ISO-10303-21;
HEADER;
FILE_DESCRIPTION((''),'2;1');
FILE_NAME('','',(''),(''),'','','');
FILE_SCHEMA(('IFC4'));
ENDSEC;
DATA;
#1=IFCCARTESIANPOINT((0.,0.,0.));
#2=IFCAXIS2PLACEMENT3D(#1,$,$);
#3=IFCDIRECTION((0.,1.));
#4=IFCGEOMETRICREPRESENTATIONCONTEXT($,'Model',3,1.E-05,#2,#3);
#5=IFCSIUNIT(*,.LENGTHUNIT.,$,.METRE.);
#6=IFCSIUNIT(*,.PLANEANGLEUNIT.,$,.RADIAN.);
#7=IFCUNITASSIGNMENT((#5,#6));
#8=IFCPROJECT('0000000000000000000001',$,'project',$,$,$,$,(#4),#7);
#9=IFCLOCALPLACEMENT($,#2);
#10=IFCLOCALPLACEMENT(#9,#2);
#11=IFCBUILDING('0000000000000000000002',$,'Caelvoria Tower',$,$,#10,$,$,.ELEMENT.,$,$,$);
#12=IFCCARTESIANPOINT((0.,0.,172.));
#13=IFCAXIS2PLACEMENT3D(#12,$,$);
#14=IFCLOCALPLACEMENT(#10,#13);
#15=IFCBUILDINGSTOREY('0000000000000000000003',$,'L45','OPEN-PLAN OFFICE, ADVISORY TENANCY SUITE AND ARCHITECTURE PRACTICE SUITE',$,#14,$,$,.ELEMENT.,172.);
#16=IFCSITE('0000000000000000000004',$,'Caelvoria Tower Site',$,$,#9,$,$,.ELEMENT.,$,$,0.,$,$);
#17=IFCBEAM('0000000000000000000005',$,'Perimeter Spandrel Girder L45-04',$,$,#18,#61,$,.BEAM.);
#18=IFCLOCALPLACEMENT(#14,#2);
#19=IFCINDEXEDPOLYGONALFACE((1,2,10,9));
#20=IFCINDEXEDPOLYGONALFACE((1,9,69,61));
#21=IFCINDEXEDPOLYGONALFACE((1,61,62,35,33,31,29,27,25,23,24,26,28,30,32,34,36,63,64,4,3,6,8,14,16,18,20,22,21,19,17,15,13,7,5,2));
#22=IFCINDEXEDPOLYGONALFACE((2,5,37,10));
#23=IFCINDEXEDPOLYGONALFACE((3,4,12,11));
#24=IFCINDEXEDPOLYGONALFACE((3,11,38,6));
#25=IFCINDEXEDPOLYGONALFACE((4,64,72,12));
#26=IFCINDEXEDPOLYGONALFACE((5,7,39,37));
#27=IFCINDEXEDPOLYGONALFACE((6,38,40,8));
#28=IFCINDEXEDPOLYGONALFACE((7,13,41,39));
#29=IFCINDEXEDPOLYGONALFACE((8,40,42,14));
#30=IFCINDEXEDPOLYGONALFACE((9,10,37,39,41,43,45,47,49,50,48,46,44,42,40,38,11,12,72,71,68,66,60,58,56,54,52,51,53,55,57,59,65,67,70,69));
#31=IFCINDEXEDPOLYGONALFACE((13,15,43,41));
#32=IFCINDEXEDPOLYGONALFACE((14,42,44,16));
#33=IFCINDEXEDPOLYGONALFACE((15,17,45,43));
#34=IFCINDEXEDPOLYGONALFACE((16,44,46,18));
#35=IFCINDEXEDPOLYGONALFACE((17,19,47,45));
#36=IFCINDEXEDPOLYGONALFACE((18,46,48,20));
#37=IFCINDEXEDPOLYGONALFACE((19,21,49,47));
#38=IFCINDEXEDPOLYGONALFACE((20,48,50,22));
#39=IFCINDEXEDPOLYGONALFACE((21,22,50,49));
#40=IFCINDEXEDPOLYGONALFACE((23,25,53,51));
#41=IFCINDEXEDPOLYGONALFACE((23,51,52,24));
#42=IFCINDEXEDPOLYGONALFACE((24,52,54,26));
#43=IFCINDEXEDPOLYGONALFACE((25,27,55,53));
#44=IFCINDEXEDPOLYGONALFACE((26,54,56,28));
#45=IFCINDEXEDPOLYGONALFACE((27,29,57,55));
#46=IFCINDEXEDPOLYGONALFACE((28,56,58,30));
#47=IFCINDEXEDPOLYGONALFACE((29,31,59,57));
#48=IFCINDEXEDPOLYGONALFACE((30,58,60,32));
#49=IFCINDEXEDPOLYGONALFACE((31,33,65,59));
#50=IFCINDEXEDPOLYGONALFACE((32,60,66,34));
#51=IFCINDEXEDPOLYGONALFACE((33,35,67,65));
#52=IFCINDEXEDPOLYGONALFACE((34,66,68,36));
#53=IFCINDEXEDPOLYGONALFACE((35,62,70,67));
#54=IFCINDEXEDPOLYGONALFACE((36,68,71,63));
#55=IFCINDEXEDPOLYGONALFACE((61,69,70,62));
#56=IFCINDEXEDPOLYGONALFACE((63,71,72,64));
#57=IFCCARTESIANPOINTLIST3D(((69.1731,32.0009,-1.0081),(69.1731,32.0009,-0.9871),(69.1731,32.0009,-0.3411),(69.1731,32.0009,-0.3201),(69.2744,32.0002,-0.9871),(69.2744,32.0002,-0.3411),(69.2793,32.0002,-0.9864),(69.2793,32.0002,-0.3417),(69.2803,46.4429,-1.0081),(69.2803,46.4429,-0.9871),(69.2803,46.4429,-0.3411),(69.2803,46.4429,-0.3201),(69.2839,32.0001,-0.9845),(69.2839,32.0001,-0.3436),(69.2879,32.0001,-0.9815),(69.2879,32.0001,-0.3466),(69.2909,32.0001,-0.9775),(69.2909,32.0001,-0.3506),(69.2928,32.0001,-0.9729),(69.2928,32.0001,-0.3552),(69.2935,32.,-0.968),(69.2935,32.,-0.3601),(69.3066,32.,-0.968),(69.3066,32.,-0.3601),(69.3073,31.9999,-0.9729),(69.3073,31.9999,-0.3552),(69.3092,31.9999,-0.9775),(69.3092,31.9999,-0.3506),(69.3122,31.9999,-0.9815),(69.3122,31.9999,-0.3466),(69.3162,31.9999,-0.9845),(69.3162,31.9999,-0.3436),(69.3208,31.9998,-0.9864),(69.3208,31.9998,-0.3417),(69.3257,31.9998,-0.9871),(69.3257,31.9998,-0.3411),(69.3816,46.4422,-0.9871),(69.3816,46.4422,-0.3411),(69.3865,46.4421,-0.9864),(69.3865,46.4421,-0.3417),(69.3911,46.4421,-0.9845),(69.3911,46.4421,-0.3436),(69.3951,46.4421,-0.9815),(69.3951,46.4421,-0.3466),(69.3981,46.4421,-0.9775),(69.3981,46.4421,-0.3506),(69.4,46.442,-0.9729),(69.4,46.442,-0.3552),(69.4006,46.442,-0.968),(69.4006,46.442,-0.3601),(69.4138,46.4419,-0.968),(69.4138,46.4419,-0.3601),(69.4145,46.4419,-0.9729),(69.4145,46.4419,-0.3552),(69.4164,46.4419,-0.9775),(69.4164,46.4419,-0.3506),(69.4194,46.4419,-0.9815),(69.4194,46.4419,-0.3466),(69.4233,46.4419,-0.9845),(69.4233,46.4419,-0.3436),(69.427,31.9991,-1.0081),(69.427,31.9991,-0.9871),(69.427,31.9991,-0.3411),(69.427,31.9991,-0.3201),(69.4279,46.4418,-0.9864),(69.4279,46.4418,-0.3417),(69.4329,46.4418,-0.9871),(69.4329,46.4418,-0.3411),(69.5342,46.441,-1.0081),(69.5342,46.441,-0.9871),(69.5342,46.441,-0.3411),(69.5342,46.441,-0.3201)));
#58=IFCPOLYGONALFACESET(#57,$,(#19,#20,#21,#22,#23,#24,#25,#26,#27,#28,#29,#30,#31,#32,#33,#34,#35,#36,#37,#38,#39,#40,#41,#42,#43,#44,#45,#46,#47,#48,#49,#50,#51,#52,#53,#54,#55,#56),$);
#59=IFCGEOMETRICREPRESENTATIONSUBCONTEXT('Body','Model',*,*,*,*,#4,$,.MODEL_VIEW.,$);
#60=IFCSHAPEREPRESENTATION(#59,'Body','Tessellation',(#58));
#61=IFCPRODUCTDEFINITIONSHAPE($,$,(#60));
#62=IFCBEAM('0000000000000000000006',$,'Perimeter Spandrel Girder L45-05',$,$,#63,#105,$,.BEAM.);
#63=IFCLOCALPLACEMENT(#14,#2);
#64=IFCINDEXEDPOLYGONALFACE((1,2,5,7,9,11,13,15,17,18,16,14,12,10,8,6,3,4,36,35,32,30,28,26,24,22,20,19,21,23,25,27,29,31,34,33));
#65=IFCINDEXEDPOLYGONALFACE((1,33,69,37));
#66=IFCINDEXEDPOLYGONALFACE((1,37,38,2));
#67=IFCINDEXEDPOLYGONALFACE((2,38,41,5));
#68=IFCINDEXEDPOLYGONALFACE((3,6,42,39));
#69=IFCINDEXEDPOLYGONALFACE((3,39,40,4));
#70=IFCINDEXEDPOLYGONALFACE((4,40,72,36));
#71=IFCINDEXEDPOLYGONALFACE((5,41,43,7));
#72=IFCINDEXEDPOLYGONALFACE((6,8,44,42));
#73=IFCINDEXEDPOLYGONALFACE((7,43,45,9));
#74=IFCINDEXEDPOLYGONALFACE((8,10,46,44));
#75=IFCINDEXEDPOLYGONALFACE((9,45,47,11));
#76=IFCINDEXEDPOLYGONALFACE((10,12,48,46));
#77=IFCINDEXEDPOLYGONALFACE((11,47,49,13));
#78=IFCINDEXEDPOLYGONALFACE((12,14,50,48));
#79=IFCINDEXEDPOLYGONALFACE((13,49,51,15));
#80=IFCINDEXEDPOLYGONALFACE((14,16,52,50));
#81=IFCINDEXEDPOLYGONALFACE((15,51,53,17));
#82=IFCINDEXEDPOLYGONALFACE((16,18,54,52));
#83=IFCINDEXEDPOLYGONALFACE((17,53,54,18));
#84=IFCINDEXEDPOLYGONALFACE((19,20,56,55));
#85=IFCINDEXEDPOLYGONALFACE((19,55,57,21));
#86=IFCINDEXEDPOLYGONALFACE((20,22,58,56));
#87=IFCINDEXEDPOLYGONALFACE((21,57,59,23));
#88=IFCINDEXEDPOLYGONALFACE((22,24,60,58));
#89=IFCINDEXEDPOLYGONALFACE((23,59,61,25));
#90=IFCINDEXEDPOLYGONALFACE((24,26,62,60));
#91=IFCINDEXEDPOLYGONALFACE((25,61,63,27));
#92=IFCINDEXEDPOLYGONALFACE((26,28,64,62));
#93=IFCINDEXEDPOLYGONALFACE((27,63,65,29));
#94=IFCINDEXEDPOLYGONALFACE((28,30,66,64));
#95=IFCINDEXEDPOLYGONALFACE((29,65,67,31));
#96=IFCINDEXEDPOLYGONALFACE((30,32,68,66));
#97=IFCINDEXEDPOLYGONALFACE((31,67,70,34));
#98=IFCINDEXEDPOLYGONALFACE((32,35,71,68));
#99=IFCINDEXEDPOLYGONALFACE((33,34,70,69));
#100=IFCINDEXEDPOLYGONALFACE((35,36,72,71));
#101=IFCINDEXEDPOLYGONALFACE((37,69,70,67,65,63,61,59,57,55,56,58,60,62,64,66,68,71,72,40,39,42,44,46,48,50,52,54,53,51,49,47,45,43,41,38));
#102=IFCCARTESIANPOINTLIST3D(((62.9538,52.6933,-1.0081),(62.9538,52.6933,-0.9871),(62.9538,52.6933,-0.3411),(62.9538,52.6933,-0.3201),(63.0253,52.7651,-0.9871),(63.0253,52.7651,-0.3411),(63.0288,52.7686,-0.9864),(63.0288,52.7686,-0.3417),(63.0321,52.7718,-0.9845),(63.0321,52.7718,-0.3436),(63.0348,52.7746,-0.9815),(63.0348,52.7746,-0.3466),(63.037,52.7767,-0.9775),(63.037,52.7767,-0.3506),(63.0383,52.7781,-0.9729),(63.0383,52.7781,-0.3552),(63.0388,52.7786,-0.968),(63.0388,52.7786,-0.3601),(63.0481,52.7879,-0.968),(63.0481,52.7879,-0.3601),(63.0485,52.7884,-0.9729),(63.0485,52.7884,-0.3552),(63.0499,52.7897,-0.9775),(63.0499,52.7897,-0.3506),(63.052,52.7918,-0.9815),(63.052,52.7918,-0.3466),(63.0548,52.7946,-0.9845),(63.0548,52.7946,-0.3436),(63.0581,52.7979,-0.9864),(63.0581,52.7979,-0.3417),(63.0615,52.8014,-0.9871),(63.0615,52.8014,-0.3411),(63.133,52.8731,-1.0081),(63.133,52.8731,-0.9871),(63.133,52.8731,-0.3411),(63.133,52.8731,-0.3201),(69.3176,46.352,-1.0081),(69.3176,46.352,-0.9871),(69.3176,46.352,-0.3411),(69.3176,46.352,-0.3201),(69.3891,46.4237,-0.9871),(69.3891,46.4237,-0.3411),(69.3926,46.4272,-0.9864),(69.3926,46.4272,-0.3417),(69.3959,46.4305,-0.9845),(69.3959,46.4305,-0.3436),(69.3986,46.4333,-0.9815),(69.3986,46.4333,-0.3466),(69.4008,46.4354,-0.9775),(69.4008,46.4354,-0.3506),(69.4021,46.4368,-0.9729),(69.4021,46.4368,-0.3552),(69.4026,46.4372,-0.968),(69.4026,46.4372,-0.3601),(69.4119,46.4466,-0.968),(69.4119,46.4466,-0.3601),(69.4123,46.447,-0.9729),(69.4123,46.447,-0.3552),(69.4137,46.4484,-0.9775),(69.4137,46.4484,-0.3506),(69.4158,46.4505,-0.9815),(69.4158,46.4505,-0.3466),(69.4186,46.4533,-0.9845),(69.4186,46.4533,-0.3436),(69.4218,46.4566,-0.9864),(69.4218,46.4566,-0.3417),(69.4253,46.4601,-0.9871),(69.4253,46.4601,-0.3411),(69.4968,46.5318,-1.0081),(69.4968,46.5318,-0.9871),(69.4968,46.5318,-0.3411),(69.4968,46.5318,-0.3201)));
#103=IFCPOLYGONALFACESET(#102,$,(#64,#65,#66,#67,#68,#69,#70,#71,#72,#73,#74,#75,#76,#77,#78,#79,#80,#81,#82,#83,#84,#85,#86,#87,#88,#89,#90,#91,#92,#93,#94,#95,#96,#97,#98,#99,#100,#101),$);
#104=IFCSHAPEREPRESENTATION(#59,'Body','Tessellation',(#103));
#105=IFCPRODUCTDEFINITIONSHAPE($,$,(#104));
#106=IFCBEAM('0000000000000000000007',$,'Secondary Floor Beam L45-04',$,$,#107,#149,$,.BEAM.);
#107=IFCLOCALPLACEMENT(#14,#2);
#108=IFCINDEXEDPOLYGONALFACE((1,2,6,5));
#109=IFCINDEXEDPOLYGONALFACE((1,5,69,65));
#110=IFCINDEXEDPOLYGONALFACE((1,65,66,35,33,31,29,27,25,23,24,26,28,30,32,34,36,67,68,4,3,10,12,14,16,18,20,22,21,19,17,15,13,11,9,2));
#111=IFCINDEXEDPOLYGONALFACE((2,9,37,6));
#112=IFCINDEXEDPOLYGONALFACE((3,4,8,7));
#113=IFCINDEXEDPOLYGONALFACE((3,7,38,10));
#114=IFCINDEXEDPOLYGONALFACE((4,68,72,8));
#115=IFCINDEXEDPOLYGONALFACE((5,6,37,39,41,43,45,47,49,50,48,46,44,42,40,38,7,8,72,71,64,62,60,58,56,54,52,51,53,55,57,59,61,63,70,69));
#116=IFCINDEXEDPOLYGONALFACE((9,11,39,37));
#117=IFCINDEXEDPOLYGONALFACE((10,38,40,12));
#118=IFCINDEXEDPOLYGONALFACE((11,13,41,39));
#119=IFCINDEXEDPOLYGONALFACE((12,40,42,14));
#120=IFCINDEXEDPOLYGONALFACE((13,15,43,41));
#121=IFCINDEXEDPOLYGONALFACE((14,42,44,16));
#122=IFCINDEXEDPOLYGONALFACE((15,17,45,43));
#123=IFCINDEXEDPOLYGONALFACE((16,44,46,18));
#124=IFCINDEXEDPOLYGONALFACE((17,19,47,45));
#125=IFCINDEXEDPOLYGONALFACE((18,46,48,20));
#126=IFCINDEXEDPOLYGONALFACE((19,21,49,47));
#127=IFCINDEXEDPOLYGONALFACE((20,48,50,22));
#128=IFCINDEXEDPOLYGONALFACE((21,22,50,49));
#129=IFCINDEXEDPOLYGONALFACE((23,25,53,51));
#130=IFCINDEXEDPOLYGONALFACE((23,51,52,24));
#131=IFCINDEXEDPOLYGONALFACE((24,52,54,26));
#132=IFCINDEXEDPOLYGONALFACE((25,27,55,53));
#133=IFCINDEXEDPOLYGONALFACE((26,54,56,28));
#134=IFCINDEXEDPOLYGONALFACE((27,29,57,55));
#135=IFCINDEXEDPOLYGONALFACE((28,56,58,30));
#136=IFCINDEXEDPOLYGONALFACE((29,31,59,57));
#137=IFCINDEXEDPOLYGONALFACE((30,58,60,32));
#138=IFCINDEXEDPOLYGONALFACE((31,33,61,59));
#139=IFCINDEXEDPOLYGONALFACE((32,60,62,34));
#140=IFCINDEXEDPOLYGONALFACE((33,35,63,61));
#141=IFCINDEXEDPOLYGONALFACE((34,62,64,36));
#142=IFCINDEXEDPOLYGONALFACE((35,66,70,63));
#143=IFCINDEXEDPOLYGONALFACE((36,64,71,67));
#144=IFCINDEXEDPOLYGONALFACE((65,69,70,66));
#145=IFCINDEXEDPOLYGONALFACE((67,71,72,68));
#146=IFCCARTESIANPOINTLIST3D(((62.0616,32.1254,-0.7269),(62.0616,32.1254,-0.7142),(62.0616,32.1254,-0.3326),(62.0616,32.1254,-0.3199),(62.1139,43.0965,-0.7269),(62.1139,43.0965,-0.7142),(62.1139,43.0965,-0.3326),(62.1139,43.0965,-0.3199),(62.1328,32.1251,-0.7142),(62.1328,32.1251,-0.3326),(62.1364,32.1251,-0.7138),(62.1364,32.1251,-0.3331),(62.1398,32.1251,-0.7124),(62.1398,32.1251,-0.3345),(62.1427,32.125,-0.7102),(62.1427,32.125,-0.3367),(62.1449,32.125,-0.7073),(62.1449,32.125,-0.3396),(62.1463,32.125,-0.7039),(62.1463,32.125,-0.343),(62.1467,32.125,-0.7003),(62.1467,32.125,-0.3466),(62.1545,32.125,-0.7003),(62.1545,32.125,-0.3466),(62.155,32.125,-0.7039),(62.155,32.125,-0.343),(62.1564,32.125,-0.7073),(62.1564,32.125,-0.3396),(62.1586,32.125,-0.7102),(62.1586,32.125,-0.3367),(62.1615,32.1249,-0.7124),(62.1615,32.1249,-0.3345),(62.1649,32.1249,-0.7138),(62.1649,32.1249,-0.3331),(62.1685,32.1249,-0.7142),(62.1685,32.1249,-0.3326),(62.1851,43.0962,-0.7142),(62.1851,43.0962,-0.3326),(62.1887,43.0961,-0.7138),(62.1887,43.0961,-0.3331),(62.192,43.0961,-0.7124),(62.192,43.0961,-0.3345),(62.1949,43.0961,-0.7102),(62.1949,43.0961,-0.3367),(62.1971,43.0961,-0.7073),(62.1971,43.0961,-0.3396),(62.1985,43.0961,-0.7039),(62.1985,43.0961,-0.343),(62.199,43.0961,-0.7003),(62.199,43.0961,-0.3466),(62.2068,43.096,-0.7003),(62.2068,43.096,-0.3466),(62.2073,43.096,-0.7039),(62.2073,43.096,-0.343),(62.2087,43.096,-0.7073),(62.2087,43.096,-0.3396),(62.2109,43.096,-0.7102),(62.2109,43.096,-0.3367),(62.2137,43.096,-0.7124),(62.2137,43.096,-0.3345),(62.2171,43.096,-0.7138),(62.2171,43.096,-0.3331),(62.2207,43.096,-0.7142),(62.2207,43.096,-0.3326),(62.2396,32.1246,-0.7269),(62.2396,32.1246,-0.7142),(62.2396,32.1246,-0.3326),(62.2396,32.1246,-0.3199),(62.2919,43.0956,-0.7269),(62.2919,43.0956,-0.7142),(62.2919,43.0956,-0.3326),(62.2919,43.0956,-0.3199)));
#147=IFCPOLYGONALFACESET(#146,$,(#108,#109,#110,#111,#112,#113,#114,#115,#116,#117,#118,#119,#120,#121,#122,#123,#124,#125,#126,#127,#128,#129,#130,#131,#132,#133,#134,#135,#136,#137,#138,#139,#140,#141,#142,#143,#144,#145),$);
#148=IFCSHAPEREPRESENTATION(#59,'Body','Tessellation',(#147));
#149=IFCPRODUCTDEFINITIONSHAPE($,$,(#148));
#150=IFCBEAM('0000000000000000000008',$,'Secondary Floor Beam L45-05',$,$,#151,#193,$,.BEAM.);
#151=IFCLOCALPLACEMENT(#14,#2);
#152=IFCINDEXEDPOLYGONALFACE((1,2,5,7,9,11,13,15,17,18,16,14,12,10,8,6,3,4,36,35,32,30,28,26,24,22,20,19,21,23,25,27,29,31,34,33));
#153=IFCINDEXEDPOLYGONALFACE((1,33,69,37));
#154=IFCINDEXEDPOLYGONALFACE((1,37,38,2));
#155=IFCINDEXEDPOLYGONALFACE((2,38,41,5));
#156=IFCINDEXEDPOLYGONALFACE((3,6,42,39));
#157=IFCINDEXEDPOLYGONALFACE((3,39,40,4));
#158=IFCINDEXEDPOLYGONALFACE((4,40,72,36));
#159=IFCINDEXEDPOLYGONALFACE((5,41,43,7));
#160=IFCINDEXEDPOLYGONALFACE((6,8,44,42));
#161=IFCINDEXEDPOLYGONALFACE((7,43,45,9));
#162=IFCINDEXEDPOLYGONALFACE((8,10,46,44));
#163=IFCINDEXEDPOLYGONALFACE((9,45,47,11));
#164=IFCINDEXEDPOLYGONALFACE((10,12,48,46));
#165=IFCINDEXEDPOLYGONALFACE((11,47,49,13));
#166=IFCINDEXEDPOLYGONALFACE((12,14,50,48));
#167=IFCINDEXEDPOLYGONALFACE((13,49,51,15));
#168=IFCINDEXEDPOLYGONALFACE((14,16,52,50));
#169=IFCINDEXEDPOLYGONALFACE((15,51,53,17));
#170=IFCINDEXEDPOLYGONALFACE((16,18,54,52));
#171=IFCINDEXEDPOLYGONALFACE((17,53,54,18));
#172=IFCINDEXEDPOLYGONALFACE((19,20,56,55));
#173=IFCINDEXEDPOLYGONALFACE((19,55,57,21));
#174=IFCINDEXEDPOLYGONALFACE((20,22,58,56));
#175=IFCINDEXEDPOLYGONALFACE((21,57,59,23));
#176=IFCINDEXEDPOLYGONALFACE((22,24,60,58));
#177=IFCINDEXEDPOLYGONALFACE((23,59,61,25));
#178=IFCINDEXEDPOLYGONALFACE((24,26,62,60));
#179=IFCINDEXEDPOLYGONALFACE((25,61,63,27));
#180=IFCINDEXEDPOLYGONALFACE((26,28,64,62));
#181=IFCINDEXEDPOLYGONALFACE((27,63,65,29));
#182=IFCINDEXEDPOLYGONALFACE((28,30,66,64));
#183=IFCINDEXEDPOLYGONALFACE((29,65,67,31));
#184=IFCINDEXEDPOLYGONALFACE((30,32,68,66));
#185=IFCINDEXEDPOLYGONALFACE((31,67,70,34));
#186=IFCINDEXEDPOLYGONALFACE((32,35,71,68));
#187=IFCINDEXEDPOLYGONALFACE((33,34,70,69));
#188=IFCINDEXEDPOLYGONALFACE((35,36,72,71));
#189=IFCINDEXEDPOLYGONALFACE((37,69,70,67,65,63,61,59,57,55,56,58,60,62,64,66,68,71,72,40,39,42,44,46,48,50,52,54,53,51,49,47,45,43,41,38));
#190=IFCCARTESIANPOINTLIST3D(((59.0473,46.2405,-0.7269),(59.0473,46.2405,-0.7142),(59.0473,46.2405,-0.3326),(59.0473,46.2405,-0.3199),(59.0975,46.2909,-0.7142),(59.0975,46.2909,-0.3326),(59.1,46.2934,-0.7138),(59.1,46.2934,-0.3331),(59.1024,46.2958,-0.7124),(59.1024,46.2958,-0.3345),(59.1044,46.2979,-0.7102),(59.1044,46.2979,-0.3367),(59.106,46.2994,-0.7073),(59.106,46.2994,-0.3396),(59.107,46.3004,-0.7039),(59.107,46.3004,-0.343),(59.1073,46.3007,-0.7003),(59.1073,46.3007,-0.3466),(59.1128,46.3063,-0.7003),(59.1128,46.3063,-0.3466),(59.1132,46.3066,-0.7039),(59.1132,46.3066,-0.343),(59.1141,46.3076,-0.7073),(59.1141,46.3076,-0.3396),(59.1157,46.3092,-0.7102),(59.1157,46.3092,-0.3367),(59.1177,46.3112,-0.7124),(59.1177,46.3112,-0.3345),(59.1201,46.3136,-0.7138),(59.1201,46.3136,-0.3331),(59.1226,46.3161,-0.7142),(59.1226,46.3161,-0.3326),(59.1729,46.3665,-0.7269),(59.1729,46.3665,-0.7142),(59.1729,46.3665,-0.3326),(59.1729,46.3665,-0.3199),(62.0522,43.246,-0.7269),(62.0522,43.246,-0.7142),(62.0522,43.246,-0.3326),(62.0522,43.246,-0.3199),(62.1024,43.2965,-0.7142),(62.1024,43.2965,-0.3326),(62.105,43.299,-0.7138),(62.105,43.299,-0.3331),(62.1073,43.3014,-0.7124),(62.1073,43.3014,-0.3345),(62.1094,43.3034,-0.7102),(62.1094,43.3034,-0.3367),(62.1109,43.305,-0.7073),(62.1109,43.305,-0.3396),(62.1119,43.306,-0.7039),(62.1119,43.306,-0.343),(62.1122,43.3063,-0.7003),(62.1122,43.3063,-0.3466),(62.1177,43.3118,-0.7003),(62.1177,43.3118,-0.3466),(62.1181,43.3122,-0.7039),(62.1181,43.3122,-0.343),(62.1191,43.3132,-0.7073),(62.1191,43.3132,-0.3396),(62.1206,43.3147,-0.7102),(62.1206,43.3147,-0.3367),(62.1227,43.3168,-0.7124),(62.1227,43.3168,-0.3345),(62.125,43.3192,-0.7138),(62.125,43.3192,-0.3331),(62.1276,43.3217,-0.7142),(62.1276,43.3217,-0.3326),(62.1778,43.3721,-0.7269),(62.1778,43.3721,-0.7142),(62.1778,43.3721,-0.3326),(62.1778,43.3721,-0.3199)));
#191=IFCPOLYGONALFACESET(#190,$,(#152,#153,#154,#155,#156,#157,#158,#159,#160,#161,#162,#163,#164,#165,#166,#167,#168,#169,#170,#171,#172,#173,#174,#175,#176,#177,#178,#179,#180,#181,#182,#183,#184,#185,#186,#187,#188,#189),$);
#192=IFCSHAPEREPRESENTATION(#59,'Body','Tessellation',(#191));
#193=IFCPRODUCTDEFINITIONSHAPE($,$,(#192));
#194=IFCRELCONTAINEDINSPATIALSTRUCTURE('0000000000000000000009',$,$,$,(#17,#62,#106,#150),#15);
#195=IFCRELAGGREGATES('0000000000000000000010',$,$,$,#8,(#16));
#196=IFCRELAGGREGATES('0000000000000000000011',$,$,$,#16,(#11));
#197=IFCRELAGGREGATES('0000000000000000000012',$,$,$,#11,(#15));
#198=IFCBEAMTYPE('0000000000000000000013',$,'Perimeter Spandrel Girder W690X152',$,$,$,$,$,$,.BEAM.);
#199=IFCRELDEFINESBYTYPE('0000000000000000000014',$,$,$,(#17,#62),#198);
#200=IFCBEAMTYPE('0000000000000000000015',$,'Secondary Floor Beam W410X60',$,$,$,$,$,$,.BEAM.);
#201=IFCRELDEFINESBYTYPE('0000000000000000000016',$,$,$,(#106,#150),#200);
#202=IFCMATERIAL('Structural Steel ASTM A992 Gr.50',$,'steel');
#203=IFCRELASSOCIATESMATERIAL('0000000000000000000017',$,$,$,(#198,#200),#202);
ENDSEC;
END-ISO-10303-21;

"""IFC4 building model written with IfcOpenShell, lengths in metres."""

from ifc_helpers import new_model, si_unit, direction, frame, origin, origin_2d, place, context, subcontext, project, spatial, i_section, extrude, material, material_profile, profile_set, type_object, element, save


model = new_model("IFC4")

# Units and contexts
model_context = context("Model", 3, precision=1e-05, world=origin(), true_north=direction((0.0, 1.0)))
body_context = subcontext(model_context, "Body", "Model", "MODEL_VIEW")
ifc_project = project(units=[si_unit("LENGTHUNIT", "METRE"), si_unit("PLANEANGLEUNIT", "RADIAN")], contexts=[model_context])

# Site, building, storey
site_placement = place(None, origin())
site = spatial("IfcSite", under=ifc_project, at=site_placement, Name="Caelvoria Tower Site", CompositionType="ELEMENT", RefElevation=0.0)
building_placement = place(site_placement, origin())
building = spatial("IfcBuilding", under=site, at=building_placement, Name="Caelvoria Tower", CompositionType="ELEMENT")
storey_placement = place(building_placement, frame((0.0, 0.0, 172.0)))
storey = spatial("IfcBuildingStorey", under=building, at=storey_placement, Name="L45", Description="OPEN-PLAN OFFICE, ADVISORY TENANCY SUITE AND ARCHITECTURE PRACTICE SUITE", CompositionType="ELEMENT", Elevation=172.0)

# Beams
ifc_material_1 = material(Name="Structural Steel ASTM A992 Gr.50", Category="steel")
ifc_material_profile_1 = material_profile(ifc_material_1, i_section(OverallWidth=0.2539, OverallDepth=0.688, WebThickness=0.0132, FlangeThickness=0.021, FilletRadius=0.019, at=origin_2d()), Name="Structural Steel ASTM A992 Gr.50")
ifc_profile_set_1 = profile_set([ifc_material_profile_1], Name="W690X152 - Structural Steel ASTM A992 Gr.50")
beam_type_1 = type_object("IfcBeamType", Name="Perimeter Spandrel Girder W690X152", PredefinedType="BEAM", material=ifc_profile_set_1)
beam_1_placement = place(storey_placement, frame((69.3, 32.0, -0.6641), z_axis=(0.007421, 0.999972, 0.0), x_axis=(-0.999972, 0.007421, 0.0)))
element("IfcBeam", 1, at=beam_1_placement, inside=storey, type_object=beam_type_1, Name="Perimeter Spandrel Girder L45-04", PredefinedType="BEAM", context=body_context, shape_type="SweptSolid", body=[
    extrude(i_section(OverallWidth=0.2539, OverallDepth=0.688, WebThickness=0.0132, FlangeThickness=0.021, FilletRadius=0.019, at=origin_2d()), origin(), (0.0, 0.0, 1.0), 14.4424),
])
beam_2_placement = place(storey_placement, frame((69.4072, 46.4419, -0.6641), z_axis=(-0.708356, 0.705856, 0.0), x_axis=(-0.705856, -0.708356, 0.0)))
element("IfcBeam", 2, at=beam_2_placement, inside=storey, type_object=beam_type_1, Name="Perimeter Spandrel Girder L45-05", PredefinedType="BEAM", context=body_context, shape_type="SweptSolid", body=[
    extrude(i_section(OverallWidth=0.2539, OverallDepth=0.688, WebThickness=0.0132, FlangeThickness=0.021, FilletRadius=0.019, at=origin_2d()), origin(), (0.0, 0.0, 1.0), 8.9839),
])
ifc_material_profile_2 = material_profile(ifc_material_1, i_section(OverallWidth=0.178, OverallDepth=0.407, WebThickness=0.0078, FlangeThickness=0.0127, FilletRadius=0.0139, at=origin_2d()), Name="Structural Steel ASTM A992 Gr.50")
ifc_profile_set_2 = profile_set([ifc_material_profile_2], Name="W410X60 - Structural Steel ASTM A992 Gr.50")
beam_type_2 = type_object("IfcBeamType", Name="Secondary Floor Beam W410X60", PredefinedType="BEAM", material=ifc_profile_set_2)
beam_3_placement = place(storey_placement, frame((62.1506, 32.125, -0.5234), z_axis=(0.004762, 0.999989, 0.0), x_axis=(-0.999989, 0.004762, 0.0)))
element("IfcBeam", 3, at=beam_3_placement, inside=storey, type_object=beam_type_2, Name="Secondary Floor Beam L45-04", PredefinedType="BEAM", context=body_context, shape_type="SweptSolid", body=[
    extrude(i_section(OverallWidth=0.178, OverallDepth=0.407, WebThickness=0.0078, FlangeThickness=0.0127, FilletRadius=0.0139, at=origin_2d()), origin(), (0.0, 0.0, 1.0), 10.9712),
])
beam_4_placement = place(storey_placement, frame((62.115, 43.3091, -0.5234), z_axis=(-0.708343, 0.705868, 0.0), x_axis=(-0.705868, -0.708343, 0.0)))
element("IfcBeam", 4, at=beam_4_placement, inside=storey, type_object=beam_type_2, Name="Secondary Floor Beam L45-05", PredefinedType="BEAM", context=body_context, shape_type="SweptSolid", body=[
    extrude(i_section(OverallWidth=0.178, OverallDepth=0.407, WebThickness=0.0078, FlangeThickness=0.0127, FilletRadius=0.0139, at=origin_2d()), origin(), (0.0, 0.0, 1.0), 4.2422),
])

save(model, "model.ifc")
